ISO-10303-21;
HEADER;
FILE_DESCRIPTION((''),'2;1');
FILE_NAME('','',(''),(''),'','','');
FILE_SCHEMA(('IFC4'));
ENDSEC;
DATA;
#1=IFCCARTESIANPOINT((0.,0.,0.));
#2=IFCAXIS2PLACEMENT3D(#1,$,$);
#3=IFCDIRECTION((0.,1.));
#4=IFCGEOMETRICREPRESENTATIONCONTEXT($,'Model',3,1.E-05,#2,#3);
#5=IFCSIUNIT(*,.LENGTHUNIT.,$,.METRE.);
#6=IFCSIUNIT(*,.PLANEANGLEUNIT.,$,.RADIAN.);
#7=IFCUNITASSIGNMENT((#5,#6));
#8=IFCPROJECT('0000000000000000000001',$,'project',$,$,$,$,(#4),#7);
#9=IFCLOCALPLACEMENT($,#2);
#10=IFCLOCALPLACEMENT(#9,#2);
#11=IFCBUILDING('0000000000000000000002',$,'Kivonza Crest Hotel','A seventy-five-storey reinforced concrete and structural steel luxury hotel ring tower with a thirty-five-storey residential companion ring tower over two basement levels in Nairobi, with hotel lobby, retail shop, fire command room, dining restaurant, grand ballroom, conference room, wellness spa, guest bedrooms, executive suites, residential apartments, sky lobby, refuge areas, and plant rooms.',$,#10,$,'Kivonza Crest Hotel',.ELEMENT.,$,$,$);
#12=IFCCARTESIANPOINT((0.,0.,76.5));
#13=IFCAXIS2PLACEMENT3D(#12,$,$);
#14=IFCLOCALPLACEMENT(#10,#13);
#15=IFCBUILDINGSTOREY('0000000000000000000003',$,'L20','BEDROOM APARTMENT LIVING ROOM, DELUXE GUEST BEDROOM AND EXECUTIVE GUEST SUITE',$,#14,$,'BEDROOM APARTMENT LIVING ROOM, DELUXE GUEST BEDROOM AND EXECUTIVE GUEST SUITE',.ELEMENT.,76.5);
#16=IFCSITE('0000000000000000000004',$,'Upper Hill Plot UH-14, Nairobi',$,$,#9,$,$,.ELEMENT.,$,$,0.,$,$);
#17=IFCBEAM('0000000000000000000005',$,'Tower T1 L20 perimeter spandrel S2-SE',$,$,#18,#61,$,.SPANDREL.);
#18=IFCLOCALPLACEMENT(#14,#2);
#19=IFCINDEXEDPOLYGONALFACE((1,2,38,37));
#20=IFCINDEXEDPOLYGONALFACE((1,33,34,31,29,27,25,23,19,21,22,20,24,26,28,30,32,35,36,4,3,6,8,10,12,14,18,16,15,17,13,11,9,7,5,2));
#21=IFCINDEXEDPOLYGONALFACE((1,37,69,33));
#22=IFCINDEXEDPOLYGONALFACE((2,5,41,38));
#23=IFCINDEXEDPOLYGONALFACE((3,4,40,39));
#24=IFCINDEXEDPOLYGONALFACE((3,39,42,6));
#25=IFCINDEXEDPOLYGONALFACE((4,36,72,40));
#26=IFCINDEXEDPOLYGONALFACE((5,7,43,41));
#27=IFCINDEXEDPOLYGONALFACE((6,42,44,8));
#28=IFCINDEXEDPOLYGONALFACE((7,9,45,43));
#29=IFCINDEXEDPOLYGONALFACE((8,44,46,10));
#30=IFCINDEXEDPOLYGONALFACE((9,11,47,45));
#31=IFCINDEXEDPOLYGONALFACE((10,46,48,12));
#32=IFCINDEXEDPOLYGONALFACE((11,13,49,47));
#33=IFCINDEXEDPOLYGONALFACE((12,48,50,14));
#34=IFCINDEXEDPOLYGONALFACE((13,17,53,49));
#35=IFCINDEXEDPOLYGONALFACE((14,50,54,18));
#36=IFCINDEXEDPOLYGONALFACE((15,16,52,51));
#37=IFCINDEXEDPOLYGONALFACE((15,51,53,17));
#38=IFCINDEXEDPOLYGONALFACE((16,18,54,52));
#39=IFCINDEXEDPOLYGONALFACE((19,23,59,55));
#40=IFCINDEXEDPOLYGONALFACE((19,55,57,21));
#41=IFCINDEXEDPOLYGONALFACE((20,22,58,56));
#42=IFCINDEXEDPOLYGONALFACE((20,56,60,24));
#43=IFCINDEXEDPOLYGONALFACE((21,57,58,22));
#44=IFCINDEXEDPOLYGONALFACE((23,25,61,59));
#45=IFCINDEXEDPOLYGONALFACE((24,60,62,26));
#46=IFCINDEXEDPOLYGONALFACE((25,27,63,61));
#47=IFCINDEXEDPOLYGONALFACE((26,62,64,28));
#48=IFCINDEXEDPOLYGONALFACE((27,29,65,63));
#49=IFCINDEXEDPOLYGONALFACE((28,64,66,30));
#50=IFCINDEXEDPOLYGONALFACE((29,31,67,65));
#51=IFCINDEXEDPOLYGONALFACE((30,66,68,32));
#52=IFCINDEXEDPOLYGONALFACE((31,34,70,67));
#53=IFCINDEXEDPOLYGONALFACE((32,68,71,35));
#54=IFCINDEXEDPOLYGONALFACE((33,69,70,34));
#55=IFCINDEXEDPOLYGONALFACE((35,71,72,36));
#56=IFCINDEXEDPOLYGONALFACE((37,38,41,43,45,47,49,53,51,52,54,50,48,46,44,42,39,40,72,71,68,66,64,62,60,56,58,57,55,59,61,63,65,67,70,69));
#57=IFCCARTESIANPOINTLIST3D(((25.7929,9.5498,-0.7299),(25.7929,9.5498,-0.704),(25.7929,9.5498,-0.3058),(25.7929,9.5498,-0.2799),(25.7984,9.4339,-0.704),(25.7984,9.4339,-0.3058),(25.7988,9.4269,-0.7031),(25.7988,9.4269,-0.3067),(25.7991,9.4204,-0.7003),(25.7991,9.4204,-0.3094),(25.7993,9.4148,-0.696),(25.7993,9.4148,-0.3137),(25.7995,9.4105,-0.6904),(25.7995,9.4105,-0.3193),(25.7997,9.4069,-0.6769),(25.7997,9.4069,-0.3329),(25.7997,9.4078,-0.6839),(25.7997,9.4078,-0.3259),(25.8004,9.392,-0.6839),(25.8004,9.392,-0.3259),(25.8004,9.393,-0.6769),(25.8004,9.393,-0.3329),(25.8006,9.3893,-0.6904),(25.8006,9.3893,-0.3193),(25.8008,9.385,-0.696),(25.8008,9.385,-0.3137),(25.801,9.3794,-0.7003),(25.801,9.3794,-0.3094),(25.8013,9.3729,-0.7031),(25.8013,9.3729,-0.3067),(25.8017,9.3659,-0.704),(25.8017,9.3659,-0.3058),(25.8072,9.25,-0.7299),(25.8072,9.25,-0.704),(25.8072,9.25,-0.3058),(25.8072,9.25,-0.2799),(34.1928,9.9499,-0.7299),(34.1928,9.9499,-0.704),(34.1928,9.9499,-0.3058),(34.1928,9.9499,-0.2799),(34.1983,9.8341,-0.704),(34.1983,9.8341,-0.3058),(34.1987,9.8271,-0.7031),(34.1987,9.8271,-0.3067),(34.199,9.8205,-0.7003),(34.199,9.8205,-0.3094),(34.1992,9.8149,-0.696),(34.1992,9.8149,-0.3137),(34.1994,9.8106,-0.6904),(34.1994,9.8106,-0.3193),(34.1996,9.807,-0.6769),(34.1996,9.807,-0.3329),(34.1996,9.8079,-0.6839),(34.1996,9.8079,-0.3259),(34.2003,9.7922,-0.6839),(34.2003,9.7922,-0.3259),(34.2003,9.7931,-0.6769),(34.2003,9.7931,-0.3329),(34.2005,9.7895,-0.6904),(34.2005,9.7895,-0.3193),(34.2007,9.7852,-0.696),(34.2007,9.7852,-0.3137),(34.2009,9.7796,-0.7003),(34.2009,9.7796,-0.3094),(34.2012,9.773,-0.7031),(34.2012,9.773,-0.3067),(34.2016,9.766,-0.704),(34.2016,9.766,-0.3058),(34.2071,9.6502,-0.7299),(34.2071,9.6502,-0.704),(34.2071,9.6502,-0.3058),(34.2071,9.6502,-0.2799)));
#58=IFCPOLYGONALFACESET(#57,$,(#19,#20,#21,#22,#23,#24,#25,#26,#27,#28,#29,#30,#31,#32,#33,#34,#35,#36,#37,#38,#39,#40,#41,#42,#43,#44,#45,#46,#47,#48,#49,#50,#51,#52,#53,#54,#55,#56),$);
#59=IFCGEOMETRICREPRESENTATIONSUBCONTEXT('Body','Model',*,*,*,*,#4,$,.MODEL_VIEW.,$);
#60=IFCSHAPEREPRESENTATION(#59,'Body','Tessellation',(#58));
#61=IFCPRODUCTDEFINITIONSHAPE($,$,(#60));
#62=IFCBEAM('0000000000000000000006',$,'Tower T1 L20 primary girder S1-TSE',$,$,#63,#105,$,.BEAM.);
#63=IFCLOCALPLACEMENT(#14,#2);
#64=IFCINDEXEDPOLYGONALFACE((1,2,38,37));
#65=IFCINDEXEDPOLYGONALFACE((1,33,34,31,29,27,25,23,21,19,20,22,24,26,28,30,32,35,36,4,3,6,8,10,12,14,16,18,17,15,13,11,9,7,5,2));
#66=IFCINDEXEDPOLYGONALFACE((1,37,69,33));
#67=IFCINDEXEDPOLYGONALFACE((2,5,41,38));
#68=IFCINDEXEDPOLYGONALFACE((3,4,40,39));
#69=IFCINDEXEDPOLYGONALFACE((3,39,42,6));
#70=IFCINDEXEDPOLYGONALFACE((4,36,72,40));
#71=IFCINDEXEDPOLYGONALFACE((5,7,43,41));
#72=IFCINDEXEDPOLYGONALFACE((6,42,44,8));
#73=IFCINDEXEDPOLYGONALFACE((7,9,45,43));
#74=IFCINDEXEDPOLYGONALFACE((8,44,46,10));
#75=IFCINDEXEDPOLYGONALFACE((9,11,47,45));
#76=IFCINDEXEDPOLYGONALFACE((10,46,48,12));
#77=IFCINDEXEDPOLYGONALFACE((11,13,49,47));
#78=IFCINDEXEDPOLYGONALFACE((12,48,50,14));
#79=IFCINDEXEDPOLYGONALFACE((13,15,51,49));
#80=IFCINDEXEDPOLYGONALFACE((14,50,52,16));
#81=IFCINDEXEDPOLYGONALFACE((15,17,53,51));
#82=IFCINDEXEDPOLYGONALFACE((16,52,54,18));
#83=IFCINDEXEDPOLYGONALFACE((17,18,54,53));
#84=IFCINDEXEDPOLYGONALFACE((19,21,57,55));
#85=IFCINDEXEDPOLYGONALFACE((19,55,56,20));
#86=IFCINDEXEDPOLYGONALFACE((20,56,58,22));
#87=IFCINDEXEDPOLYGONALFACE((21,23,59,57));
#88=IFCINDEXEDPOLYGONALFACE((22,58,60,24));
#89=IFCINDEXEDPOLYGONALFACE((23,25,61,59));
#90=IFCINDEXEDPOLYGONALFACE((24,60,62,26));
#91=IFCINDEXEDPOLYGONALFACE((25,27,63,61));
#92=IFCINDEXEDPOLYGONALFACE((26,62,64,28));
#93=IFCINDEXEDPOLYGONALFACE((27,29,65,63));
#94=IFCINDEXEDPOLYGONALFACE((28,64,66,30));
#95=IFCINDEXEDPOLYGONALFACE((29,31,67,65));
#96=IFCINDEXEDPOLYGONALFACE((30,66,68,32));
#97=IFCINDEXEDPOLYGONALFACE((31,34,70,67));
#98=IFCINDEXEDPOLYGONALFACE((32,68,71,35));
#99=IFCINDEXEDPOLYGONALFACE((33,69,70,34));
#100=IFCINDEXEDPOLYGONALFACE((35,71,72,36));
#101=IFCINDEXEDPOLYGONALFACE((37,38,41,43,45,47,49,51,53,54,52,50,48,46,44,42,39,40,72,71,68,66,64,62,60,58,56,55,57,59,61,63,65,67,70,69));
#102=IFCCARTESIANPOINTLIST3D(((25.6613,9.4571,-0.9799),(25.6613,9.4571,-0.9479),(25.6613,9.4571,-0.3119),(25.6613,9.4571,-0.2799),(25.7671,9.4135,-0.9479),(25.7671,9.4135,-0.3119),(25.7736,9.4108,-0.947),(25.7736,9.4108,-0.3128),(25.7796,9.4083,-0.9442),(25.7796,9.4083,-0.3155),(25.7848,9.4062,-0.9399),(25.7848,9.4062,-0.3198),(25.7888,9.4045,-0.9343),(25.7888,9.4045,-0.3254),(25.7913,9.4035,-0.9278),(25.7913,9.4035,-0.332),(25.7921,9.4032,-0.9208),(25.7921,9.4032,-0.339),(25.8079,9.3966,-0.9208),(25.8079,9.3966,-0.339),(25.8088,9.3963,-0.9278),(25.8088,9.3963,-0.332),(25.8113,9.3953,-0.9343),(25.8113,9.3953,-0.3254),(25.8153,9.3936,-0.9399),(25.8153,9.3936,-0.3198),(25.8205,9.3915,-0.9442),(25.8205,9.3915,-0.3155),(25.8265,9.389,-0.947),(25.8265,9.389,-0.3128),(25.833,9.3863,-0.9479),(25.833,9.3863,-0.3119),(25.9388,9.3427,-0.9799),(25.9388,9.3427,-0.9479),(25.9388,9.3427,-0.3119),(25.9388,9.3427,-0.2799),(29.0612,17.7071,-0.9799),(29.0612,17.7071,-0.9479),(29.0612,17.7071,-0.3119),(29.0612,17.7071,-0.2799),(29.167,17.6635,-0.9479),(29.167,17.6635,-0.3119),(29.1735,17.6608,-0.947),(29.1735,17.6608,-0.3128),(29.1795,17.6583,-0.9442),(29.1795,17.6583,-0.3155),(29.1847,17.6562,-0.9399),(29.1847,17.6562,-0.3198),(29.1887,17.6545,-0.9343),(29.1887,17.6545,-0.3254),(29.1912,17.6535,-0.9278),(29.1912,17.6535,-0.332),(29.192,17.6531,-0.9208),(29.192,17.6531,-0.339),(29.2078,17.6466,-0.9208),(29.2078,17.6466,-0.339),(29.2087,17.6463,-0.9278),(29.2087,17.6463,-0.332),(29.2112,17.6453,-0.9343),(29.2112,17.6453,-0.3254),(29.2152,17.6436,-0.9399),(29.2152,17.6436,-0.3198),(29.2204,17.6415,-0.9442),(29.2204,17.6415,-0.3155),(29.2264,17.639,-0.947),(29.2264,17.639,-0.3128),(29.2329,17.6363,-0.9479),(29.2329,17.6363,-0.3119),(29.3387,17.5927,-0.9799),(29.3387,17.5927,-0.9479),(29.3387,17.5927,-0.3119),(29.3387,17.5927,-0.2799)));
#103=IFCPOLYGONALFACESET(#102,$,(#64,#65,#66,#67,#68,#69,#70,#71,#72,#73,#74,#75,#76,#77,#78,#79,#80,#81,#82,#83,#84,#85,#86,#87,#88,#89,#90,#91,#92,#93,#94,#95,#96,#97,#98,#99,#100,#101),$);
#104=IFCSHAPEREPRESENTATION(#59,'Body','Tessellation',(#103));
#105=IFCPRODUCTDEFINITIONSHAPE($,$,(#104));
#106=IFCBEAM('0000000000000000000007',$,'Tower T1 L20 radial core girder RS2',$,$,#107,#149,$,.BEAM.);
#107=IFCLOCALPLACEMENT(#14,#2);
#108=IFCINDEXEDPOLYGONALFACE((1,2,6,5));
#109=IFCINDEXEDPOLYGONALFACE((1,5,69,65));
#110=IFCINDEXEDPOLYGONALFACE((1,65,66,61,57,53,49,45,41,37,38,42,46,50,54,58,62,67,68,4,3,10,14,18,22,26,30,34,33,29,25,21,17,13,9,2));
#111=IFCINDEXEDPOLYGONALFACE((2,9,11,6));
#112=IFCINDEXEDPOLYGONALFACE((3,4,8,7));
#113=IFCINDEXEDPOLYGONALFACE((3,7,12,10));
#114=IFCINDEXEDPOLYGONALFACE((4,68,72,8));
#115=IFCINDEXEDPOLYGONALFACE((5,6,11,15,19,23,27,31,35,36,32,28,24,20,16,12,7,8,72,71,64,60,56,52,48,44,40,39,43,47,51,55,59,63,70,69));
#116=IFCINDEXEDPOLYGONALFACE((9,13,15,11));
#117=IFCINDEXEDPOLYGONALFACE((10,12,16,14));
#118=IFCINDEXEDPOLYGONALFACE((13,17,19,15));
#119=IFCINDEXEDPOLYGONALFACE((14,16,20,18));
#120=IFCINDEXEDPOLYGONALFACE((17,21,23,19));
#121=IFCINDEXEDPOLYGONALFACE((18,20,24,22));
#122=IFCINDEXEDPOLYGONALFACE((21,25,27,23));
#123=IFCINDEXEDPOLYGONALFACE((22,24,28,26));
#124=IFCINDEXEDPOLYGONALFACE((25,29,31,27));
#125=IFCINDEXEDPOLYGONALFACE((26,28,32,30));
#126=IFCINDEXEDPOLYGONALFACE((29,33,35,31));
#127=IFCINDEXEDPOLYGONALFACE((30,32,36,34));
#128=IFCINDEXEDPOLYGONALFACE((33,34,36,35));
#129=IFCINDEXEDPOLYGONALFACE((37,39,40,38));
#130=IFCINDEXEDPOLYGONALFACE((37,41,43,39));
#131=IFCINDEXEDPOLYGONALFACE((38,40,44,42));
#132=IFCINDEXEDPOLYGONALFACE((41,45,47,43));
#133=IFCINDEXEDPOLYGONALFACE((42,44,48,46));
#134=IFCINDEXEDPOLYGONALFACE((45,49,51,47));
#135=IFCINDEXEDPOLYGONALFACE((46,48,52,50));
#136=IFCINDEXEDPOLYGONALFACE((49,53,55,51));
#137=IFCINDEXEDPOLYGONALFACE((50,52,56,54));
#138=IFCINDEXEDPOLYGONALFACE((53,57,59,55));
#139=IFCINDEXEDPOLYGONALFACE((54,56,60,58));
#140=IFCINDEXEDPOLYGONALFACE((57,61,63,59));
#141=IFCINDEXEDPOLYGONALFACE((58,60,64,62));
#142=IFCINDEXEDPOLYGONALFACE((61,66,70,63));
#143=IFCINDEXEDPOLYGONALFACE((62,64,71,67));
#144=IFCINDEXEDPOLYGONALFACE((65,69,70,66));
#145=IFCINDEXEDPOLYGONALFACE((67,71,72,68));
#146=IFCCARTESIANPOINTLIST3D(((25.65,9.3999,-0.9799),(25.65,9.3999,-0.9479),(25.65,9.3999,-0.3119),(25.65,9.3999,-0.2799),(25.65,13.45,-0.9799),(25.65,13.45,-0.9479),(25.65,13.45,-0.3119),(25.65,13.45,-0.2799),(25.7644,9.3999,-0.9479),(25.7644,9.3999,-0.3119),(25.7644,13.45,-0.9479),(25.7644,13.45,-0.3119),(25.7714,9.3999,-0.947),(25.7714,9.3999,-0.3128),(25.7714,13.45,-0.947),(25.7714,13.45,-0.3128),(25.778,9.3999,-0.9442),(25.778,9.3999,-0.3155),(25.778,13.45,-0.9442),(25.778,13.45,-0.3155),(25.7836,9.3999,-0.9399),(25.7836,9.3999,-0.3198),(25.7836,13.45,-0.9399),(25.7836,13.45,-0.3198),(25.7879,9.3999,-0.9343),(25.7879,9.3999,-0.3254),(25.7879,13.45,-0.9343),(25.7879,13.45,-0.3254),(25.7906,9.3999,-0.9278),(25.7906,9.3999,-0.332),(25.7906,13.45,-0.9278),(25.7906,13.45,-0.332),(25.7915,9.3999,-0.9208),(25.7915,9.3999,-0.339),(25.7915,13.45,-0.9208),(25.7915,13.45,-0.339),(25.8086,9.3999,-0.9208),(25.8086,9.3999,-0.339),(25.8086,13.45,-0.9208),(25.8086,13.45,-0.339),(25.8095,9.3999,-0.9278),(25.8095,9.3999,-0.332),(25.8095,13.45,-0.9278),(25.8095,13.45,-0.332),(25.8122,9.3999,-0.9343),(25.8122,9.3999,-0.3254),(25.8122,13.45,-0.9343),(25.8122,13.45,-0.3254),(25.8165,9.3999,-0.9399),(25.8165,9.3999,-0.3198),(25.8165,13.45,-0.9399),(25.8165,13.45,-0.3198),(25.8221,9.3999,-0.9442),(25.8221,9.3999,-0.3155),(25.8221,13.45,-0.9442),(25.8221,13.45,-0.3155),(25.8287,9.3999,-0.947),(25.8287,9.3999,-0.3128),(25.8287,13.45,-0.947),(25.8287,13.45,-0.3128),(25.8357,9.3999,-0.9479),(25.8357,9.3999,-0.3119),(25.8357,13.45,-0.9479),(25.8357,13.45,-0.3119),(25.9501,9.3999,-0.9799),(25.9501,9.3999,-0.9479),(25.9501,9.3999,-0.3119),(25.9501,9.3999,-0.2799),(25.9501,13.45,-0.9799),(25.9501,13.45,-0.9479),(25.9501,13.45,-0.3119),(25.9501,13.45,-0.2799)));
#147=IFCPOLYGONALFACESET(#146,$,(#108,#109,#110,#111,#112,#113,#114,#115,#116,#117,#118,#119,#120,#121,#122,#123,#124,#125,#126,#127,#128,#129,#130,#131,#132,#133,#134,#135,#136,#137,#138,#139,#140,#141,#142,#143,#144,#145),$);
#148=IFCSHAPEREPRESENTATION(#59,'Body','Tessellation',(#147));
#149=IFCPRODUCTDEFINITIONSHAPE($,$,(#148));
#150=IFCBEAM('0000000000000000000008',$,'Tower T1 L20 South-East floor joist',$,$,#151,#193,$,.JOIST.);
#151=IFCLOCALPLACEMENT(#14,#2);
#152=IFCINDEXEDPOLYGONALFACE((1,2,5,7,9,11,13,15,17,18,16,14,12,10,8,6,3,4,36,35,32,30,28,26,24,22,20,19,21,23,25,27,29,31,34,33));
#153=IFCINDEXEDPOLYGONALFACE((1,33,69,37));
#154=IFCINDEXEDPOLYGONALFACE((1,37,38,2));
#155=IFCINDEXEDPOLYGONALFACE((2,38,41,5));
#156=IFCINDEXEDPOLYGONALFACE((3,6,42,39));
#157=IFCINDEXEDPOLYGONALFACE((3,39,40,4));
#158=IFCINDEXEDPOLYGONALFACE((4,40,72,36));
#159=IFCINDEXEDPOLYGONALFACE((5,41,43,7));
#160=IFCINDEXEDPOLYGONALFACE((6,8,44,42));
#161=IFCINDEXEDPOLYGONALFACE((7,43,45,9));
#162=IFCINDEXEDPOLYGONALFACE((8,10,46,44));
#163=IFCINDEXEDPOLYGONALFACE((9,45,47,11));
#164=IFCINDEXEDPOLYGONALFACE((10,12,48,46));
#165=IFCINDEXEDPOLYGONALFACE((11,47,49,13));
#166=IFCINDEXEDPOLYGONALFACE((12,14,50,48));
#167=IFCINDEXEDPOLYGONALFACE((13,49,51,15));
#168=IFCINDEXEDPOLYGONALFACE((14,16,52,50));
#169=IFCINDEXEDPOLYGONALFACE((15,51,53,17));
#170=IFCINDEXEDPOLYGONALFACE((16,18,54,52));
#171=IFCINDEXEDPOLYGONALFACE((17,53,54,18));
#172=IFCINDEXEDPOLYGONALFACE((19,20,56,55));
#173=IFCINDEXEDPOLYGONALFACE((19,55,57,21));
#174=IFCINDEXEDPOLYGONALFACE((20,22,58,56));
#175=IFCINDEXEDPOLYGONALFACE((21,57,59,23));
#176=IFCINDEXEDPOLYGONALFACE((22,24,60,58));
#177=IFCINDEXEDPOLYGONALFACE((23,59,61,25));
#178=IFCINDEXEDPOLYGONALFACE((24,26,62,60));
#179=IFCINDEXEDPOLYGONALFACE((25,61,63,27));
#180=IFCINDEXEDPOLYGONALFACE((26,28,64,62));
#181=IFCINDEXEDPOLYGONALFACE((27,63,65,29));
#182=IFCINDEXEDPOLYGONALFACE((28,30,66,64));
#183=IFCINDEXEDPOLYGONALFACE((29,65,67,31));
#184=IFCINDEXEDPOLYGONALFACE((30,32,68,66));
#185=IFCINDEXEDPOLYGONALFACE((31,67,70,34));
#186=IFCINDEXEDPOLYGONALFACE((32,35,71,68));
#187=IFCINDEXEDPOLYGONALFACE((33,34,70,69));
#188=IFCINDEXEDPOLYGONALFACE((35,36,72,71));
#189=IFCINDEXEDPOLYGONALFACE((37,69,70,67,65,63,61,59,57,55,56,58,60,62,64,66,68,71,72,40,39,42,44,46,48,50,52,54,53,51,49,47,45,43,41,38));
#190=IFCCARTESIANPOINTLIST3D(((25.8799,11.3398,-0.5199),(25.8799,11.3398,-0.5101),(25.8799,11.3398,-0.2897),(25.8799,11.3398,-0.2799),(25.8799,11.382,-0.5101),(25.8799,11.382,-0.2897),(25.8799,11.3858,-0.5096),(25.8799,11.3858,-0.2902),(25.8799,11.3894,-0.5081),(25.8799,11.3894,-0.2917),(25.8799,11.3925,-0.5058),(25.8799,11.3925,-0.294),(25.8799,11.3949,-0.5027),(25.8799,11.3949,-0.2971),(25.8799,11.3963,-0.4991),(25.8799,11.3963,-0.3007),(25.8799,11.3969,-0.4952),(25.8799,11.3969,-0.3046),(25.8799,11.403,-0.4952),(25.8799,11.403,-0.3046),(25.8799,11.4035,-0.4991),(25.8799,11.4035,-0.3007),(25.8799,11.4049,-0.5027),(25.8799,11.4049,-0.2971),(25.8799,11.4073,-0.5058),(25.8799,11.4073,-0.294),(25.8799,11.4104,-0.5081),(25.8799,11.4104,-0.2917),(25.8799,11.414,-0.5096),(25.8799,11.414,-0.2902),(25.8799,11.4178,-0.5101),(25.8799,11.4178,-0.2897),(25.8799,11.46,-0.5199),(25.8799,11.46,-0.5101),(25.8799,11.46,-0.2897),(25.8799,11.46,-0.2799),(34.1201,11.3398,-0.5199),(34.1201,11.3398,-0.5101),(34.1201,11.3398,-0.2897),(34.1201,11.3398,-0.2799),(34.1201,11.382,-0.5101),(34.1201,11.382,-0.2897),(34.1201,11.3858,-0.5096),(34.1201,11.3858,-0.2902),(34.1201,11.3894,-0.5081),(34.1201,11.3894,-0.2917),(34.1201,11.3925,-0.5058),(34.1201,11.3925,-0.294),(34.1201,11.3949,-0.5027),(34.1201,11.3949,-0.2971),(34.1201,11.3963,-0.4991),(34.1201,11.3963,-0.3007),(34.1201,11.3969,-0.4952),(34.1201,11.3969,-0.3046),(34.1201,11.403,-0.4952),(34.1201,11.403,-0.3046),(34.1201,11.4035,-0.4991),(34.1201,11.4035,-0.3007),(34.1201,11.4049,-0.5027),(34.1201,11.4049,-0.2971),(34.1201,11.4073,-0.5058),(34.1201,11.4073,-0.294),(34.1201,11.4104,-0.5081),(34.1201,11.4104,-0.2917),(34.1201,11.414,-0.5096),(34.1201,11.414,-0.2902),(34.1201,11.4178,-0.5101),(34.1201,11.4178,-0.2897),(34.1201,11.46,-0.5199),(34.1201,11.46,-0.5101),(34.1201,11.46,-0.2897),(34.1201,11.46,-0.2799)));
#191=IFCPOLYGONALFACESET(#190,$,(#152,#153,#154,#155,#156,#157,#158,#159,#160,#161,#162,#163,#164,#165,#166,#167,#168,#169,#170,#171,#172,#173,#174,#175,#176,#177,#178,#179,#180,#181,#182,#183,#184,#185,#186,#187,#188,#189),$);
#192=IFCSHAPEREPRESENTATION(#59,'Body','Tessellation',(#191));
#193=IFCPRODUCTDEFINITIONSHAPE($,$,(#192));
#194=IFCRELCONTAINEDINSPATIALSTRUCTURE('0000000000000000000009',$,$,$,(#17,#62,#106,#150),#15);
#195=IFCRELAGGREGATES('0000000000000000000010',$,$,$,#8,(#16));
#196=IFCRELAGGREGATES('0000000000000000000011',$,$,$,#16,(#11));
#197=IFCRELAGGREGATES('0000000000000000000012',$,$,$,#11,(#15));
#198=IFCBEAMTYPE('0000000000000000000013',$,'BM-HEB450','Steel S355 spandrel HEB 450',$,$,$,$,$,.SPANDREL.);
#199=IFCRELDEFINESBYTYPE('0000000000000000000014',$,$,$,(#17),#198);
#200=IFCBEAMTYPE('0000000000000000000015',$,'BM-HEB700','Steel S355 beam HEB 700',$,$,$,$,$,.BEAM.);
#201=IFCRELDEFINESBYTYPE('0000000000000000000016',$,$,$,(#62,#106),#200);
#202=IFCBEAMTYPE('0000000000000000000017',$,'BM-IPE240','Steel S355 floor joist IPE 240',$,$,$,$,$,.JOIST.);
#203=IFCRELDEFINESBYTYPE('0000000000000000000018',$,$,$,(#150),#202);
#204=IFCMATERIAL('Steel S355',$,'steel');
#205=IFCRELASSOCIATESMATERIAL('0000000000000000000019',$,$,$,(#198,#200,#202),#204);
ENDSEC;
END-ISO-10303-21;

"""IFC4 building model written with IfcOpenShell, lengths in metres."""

from ifc_helpers import new_model, si_unit, direction, frame, origin, origin_2d, place, context, subcontext, project, spatial, i_section, extrude, material, material_profile, profile_set, type_object, element, save


model = new_model("IFC4")

# Units and contexts
model_context = context("Model", 3, precision=1e-05, world=origin(), true_north=direction((0.0, 1.0)))
body_context = subcontext(model_context, "Body", "Model", "MODEL_VIEW")
ifc_project = project(units=[si_unit("LENGTHUNIT", "METRE"), si_unit("PLANEANGLEUNIT", "RADIAN")], contexts=[model_context])

# Site, building, storey
site_placement = place(None, origin())
site = spatial("IfcSite", under=ifc_project, at=site_placement, Name="Upper Hill Plot UH-14, Nairobi", CompositionType="ELEMENT", RefElevation=0.0)
building_placement = place(site_placement, origin())
building = spatial("IfcBuilding", under=site, at=building_placement, Name="Kivonza Crest Hotel", Description="A seventy-five-storey reinforced concrete and structural steel luxury hotel ring tower with a thirty-five-storey residential companion ring tower over two basement levels in Nairobi, with hotel lobby, retail shop, fire command room, dining restaurant, grand ballroom, conference room, wellness spa, guest bedrooms, executive suites, residential apartments, sky lobby, refuge areas, and plant rooms.", LongName="Kivonza Crest Hotel", CompositionType="ELEMENT")
storey_placement = place(building_placement, frame((0.0, 0.0, 76.5)))
storey = spatial("IfcBuildingStorey", under=building, at=storey_placement, Name="L20", Description="BEDROOM APARTMENT LIVING ROOM, DELUXE GUEST BEDROOM AND EXECUTIVE GUEST SUITE", LongName="BEDROOM APARTMENT LIVING ROOM, DELUXE GUEST BEDROOM AND EXECUTIVE GUEST SUITE", CompositionType="ELEMENT", Elevation=76.5)

# Beams
ifc_material_1 = material(Name="Steel S355", Category="steel")
ifc_material_profile_1 = material_profile(ifc_material_1, i_section(OverallWidth=0.3, OverallDepth=0.45, WebThickness=0.0139, FlangeThickness=0.0259, FilletRadius=0.0271, at=origin_2d()), Name="HEB 450")
ifc_profile_set_1 = profile_set([ifc_material_profile_1], Name="Steel S355")
beam_type_1 = type_object("IfcBeamType", Name="BM-HEB450", Description="Steel S355 spandrel HEB 450", PredefinedType="SPANDREL", material=ifc_profile_set_1)
beam_1_placement = place(storey_placement, frame((25.8, 9.3999, -0.5049), z_axis=(0.998867, 0.047583, 0.0), x_axis=(-0.047583, 0.998867, 0.0)))
element("IfcBeam", 1, at=beam_1_placement, inside=storey, type_object=beam_type_1, Name="Tower T1 L20 perimeter spandrel S2-SE", PredefinedType="SPANDREL", context=body_context, shape_type="SweptSolid", body=[
    extrude(i_section(OverallWidth=0.3, OverallDepth=0.45, WebThickness=0.0139, FlangeThickness=0.0259, FilletRadius=0.0271, at=origin_2d()), origin(), (0.0, 0.0, 1.0), 8.4094),
])
ifc_material_profile_2 = material_profile(ifc_material_1, i_section(OverallWidth=0.3, OverallDepth=0.7, WebThickness=0.0171, FlangeThickness=0.032, FilletRadius=0.0271, at=origin_2d()), Name="HEB 700")
ifc_profile_set_2 = profile_set([ifc_material_profile_2], Name="Steel S355")
beam_type_2 = type_object("IfcBeamType", Name="BM-HEB700", Description="Steel S355 beam HEB 700", PredefinedType="BEAM", material=ifc_profile_set_2)
beam_2_placement = place(storey_placement, frame((25.8, 9.3999, -0.6299), z_axis=(0.381022, 0.924566, 0.0), x_axis=(-0.924566, 0.381022, 0.0)))
element("IfcBeam", 2, at=beam_2_placement, inside=storey, type_object=beam_type_2, Name="Tower T1 L20 primary girder S1-TSE", PredefinedType="BEAM", context=body_context, shape_type="SweptSolid", body=[
    extrude(i_section(OverallWidth=0.3, OverallDepth=0.7, WebThickness=0.0171, FlangeThickness=0.032, FilletRadius=0.0271, at=origin_2d()), origin(), (0.0, 0.0, 1.0), 8.9231),
])
beam_3_placement = place(storey_placement, frame((25.8, 9.3999, -0.6299), z_axis=(0.0, 1.0, 0.0), x_axis=(-1.0, 0.0, 0.0)))
element("IfcBeam", 3, at=beam_3_placement, inside=storey, type_object=beam_type_2, Name="Tower T1 L20 radial core girder RS2", PredefinedType="BEAM", context=body_context, shape_type="SweptSolid", body=[
    extrude(i_section(OverallWidth=0.3, OverallDepth=0.7, WebThickness=0.0171, FlangeThickness=0.032, FilletRadius=0.0271, at=origin_2d()), origin(), (0.0, 0.0, 1.0), 4.05),
])
ifc_material_profile_3 = material_profile(ifc_material_1, i_section(OverallWidth=0.1201, OverallDepth=0.24, WebThickness=0.0061, FlangeThickness=0.0098, FilletRadius=0.0149, at=origin_2d()), Name="IPE 240")
ifc_profile_set_3 = profile_set([ifc_material_profile_3], Name="Steel S355")
beam_type_3 = type_object("IfcBeamType", Name="BM-IPE240", Description="Steel S355 floor joist IPE 240", PredefinedType="JOIST", material=ifc_profile_set_3)
beam_4_placement = place(storey_placement, frame((25.8799, 11.3999, -0.3999), z_axis=(1.0, 0.0, 0.0), x_axis=(0.0, 1.0, 0.0)))
element("IfcBeam", 4, at=beam_4_placement, inside=storey, type_object=beam_type_3, Name="Tower T1 L20 South-East floor joist", PredefinedType="JOIST", context=body_context, shape_type="SweptSolid", body=[
    extrude(i_section(OverallWidth=0.1201, OverallDepth=0.24, WebThickness=0.0061, FlangeThickness=0.0098, FilletRadius=0.0149, at=origin_2d()), origin(), (0.0, 0.0, 1.0), 8.2402),
])

save(model, "model.ifc")
